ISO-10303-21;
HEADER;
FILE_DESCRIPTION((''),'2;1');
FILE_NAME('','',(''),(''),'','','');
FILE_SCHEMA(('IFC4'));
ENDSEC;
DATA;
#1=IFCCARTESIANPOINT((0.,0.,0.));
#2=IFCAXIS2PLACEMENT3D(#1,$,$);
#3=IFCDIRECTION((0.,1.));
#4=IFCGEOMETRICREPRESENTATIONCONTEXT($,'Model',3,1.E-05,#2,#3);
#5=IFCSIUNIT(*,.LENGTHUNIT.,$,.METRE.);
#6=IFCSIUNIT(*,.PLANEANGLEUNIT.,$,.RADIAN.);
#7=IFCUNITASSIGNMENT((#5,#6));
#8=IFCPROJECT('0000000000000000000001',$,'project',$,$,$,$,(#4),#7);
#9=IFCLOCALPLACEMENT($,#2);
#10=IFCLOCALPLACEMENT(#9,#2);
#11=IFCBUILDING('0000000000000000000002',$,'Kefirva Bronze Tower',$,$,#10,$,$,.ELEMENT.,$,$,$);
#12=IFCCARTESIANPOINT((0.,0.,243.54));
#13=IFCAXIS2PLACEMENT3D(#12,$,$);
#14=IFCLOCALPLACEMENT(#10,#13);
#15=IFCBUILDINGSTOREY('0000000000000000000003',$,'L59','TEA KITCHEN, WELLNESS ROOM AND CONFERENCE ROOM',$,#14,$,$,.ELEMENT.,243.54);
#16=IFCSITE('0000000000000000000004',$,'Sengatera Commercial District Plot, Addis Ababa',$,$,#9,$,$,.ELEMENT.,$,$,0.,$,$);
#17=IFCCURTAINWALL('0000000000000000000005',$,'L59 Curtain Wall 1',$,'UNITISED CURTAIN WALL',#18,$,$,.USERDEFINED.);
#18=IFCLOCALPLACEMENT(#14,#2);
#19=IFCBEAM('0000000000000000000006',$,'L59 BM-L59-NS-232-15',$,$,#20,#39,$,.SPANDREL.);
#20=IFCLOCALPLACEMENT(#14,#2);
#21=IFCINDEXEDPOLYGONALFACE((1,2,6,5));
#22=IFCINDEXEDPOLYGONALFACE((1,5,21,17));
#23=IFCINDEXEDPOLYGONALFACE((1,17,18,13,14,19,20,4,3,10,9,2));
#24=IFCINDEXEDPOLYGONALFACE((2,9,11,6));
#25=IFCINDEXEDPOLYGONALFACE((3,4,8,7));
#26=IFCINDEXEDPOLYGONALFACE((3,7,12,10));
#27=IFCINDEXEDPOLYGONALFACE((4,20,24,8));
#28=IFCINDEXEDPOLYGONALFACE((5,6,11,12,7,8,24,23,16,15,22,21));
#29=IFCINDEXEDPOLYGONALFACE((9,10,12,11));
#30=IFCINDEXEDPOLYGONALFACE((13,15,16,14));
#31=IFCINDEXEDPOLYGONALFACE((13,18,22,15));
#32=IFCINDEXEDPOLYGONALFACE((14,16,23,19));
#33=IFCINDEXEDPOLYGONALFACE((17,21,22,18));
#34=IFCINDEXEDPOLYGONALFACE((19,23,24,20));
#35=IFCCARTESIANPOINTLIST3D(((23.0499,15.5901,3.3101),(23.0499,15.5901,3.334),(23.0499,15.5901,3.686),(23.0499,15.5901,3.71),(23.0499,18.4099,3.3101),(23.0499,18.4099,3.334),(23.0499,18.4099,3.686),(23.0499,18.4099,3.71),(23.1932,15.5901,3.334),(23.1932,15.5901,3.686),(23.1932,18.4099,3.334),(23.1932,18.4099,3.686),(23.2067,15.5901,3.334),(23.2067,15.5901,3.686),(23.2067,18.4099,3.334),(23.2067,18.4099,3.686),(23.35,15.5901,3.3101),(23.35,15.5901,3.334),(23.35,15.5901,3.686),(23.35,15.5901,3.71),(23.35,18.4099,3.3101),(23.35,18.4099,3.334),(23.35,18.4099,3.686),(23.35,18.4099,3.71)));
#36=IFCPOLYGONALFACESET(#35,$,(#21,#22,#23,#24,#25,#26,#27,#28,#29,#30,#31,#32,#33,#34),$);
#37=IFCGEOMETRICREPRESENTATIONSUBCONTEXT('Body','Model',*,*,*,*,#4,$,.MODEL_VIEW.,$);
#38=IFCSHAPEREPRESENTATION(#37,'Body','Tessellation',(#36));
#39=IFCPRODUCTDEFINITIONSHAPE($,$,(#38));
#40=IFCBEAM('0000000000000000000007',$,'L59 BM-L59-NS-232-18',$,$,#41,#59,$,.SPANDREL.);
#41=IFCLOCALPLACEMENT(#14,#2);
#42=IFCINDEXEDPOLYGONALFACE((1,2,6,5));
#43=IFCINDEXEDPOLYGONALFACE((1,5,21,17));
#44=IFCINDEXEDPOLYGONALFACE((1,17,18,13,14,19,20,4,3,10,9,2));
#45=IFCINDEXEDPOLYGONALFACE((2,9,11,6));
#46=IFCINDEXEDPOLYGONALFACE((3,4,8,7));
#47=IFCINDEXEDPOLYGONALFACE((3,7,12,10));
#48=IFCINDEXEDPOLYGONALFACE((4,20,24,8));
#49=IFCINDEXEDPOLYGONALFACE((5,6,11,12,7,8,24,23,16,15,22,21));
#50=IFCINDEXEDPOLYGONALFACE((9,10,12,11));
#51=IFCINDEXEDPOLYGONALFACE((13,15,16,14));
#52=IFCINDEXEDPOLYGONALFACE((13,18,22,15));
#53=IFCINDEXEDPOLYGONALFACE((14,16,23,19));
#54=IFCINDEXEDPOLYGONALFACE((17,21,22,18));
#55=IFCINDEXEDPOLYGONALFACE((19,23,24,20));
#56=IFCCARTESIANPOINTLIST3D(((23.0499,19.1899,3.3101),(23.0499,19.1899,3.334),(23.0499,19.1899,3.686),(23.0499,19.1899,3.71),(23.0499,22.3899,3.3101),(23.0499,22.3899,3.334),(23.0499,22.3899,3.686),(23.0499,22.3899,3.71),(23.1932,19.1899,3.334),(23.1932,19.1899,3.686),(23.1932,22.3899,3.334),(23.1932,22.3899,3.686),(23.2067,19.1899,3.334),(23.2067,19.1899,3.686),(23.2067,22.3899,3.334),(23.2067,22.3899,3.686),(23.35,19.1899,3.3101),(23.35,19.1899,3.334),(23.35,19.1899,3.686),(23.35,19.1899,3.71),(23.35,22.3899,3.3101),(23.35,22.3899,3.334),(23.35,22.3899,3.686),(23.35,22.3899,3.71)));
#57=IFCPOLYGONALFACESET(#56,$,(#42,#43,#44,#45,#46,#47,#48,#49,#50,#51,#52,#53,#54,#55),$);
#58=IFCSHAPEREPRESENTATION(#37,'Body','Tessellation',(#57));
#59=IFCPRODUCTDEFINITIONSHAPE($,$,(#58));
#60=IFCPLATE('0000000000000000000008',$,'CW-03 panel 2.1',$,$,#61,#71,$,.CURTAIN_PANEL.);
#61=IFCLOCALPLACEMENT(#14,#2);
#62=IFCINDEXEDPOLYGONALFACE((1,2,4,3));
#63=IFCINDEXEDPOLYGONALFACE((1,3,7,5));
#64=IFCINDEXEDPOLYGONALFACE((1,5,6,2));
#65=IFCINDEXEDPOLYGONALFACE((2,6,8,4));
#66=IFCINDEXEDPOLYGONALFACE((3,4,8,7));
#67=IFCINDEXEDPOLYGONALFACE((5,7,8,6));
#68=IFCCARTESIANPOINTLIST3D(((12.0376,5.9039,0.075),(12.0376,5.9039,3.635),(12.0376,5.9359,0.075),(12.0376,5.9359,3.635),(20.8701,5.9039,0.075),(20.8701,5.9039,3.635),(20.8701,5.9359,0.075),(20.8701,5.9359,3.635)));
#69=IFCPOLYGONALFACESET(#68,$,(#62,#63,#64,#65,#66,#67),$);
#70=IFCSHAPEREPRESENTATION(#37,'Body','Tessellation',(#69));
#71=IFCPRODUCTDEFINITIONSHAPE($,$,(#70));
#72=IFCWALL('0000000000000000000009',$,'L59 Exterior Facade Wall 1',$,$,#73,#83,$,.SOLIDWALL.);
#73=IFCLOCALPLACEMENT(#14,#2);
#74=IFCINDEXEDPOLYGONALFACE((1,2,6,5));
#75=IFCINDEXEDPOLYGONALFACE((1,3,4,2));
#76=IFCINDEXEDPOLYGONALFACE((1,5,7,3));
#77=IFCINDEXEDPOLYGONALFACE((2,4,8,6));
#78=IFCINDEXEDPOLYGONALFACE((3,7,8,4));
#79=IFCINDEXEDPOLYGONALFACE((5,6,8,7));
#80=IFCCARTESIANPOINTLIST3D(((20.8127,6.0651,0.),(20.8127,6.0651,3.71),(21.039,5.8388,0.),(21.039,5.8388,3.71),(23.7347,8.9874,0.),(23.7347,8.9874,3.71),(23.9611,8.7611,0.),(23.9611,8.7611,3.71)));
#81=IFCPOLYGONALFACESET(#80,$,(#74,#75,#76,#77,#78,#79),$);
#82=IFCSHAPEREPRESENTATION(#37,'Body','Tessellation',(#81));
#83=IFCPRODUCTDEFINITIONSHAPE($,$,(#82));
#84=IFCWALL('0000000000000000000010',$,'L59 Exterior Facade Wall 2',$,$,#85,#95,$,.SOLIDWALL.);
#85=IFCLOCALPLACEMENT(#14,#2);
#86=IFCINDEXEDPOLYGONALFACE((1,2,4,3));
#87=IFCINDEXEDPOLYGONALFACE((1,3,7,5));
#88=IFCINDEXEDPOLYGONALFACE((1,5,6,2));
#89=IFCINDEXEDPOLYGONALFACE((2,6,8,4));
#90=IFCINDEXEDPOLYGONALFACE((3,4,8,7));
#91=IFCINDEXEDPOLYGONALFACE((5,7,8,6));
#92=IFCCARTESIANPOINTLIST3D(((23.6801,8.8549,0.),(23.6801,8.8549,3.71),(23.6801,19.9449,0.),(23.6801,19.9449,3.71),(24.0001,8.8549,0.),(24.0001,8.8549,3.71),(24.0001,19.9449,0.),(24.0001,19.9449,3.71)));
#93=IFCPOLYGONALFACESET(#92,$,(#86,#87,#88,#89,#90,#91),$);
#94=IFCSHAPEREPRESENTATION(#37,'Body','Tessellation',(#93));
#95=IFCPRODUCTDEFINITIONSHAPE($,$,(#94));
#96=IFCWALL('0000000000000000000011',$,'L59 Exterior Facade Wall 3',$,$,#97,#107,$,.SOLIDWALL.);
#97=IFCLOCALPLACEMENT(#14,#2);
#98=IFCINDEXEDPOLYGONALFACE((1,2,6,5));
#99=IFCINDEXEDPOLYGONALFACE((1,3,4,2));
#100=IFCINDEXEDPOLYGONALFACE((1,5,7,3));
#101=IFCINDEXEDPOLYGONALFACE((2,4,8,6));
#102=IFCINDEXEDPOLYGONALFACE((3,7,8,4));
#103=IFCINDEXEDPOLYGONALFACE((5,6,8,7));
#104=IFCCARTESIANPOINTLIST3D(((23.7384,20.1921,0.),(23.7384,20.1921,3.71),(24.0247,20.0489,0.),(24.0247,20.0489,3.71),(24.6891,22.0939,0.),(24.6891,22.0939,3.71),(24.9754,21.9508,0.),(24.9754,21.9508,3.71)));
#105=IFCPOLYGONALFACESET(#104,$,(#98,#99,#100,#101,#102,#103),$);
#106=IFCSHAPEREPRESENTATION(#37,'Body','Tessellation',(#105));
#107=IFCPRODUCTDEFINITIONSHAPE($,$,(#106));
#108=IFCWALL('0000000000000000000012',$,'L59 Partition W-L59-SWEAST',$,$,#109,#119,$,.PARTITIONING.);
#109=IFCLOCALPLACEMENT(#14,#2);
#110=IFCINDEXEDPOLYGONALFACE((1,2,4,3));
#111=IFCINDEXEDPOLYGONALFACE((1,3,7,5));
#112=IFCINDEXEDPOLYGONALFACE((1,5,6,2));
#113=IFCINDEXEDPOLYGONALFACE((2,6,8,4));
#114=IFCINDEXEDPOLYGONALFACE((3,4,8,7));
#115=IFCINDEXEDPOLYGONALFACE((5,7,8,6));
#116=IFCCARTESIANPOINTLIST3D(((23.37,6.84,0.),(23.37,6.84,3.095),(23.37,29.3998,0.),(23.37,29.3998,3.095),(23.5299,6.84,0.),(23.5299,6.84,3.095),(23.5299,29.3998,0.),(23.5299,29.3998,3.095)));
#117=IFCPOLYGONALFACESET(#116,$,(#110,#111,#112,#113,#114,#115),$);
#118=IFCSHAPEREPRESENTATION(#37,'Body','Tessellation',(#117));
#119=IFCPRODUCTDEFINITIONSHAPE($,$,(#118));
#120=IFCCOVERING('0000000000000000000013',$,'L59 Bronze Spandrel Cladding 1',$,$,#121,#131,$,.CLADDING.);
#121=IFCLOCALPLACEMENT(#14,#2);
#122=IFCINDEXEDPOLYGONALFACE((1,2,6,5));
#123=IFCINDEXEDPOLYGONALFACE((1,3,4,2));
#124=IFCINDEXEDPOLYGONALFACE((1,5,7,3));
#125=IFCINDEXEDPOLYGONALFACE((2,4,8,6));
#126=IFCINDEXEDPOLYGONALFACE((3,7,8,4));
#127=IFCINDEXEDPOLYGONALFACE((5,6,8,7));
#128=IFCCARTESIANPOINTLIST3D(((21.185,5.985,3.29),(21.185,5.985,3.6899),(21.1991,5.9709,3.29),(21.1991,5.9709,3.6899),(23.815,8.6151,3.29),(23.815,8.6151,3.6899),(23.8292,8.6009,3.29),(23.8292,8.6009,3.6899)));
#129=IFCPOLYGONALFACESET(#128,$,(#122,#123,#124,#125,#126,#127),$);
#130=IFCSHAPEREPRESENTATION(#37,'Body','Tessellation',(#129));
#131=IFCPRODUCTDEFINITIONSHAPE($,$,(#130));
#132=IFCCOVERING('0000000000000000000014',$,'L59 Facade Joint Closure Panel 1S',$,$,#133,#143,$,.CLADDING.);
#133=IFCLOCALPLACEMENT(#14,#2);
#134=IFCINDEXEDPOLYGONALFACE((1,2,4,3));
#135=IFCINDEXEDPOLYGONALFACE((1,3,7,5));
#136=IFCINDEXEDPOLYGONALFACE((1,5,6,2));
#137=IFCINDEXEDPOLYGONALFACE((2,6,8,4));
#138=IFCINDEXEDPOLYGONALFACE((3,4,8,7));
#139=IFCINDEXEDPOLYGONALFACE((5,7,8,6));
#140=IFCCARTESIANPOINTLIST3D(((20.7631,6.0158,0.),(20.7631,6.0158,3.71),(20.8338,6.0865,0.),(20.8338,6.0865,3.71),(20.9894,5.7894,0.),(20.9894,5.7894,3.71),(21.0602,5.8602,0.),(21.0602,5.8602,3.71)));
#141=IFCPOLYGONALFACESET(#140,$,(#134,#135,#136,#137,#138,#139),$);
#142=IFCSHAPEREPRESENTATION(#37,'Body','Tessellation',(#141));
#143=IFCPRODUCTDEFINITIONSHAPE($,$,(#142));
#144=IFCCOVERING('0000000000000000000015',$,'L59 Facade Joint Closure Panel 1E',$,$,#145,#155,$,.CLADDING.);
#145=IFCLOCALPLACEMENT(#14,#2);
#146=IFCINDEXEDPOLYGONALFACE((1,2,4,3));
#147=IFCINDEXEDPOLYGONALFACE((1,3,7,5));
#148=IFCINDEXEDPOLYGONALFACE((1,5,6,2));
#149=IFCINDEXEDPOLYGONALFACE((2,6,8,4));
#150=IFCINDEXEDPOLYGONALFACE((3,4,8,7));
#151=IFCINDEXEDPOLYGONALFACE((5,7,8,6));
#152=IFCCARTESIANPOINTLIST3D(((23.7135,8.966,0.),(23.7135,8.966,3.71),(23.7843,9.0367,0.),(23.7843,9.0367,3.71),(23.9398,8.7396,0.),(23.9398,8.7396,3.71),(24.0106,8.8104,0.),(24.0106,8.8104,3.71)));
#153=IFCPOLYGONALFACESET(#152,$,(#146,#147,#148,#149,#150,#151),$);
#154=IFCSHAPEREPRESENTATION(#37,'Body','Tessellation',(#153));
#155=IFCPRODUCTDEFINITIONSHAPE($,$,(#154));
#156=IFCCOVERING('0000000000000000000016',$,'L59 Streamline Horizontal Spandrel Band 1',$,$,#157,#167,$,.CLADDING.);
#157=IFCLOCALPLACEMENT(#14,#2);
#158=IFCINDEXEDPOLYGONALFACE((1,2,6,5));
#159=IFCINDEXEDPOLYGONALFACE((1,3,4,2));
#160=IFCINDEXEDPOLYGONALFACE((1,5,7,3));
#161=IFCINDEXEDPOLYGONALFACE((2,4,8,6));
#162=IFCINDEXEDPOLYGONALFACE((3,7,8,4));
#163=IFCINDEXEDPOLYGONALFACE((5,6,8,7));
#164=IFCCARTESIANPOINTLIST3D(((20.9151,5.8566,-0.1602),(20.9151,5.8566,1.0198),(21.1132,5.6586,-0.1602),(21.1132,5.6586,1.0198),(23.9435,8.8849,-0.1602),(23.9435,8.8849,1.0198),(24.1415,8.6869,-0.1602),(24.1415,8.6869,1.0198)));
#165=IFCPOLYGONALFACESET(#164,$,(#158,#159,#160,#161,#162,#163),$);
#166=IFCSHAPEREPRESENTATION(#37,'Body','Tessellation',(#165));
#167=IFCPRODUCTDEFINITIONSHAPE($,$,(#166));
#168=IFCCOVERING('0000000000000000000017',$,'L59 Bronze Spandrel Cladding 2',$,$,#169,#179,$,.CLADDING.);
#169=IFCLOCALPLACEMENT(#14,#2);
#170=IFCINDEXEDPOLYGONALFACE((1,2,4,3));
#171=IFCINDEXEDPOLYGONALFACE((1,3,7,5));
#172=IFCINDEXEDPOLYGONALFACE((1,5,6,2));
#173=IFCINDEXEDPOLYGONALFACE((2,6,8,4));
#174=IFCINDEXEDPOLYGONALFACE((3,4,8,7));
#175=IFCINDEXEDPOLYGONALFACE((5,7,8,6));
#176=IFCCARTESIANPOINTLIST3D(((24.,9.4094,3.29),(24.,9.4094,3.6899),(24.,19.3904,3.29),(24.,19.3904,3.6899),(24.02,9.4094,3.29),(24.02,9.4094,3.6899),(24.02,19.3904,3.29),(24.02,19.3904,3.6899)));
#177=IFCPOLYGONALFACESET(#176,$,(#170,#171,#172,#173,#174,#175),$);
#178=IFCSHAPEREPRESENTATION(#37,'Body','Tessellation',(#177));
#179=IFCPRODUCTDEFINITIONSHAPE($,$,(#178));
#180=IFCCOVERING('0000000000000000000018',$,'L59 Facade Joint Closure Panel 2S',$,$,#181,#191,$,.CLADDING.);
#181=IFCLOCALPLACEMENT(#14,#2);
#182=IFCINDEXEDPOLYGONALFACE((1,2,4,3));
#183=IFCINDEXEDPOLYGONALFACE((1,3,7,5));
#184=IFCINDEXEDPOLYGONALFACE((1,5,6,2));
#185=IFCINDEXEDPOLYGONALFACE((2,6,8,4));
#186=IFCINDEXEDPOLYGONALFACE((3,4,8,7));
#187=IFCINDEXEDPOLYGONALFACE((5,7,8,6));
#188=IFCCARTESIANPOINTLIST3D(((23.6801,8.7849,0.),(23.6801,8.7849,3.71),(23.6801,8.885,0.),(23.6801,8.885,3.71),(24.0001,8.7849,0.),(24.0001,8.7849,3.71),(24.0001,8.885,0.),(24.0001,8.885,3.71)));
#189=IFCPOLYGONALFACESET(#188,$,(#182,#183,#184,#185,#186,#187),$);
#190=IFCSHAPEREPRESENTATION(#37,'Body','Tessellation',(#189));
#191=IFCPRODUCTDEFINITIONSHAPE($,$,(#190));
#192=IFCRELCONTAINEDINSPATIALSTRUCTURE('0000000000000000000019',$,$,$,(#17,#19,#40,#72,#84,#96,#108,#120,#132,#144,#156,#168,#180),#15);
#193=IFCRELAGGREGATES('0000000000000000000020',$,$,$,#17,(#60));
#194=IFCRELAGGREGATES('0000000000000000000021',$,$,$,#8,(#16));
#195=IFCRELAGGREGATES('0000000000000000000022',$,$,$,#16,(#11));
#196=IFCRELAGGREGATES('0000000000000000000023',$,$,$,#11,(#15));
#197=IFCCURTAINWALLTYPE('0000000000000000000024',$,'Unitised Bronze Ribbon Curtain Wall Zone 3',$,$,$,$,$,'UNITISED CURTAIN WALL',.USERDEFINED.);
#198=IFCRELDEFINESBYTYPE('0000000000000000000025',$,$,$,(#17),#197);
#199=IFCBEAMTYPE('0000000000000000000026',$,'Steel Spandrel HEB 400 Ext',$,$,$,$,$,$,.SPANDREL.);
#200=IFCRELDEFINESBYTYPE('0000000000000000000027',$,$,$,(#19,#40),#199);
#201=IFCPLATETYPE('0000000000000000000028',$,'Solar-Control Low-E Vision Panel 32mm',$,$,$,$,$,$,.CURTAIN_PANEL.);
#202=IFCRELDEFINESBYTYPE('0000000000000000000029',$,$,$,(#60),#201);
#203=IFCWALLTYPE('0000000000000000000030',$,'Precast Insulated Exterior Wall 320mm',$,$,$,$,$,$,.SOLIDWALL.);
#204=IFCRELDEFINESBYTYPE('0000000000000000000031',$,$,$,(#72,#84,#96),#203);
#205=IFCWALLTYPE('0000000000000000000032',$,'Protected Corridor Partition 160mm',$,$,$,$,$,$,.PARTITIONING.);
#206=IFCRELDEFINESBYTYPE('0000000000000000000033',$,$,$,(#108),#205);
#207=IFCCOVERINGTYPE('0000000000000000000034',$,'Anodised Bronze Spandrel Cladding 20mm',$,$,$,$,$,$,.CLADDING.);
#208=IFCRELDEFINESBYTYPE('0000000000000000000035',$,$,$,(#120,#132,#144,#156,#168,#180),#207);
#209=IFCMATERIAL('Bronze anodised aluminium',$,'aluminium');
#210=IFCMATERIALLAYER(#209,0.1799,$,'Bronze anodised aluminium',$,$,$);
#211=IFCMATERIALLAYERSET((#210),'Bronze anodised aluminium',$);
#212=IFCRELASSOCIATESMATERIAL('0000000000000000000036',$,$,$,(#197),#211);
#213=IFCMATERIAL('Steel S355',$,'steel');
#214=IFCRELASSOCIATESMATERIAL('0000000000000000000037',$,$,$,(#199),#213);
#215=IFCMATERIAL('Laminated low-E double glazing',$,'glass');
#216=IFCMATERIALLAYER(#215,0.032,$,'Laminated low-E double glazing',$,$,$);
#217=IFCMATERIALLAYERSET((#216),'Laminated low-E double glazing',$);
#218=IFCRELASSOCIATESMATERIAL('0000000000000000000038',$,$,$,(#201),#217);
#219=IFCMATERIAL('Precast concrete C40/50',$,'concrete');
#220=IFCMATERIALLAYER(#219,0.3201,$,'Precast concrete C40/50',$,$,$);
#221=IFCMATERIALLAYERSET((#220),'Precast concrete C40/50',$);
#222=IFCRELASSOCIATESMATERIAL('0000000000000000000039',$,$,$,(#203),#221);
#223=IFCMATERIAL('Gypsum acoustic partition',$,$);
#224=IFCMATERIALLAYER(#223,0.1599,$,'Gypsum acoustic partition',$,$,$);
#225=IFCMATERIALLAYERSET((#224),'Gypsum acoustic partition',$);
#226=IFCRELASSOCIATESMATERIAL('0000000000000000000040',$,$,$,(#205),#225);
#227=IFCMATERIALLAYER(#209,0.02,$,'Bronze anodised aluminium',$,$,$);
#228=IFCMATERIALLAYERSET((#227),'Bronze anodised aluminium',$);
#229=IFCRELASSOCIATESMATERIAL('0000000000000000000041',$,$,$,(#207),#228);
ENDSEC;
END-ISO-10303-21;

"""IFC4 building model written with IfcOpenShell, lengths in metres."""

from ifc_helpers import new_model, si_unit, direction, frame, frame_2d, origin, origin_2d, place, context, subcontext, project, spatial, rectangle, i_section, extrude, material, layer, layer_set, material_profile, profile_set, type_object, element, aggregate, save


model = new_model("IFC4")

# Units and contexts
model_context = context("Model", 3, precision=1e-05, world=origin(), true_north=direction((0.0, 1.0)))
body_context = subcontext(model_context, "Body", "Model", "MODEL_VIEW")
ifc_project = project(units=[si_unit("LENGTHUNIT", "METRE"), si_unit("PLANEANGLEUNIT", "RADIAN")], contexts=[model_context])

# Site, building, storey
site_placement = place(None, origin())
site = spatial("IfcSite", under=ifc_project, at=site_placement, Name="Sengatera Commercial District Plot, Addis Ababa", CompositionType="ELEMENT", RefElevation=0.0)
building_placement = place(site_placement, origin())
building = spatial("IfcBuilding", under=site, at=building_placement, Name="Kefirva Bronze Tower", CompositionType="ELEMENT")
storey_placement = place(building_placement, frame((0.0, 0.0, 243.54)))
storey = spatial("IfcBuildingStorey", under=building, at=storey_placement, Name="L59", Description="TEA KITCHEN, WELLNESS ROOM AND CONFERENCE ROOM", CompositionType="ELEMENT", Elevation=243.54)

# Curtain wall
ifc_material_1 = material(Name="Bronze anodised aluminium", Category="aluminium")
ifc_layer_1 = layer(ifc_material_1, 0.1799, Name="Bronze anodised aluminium")
ifc_layer_set_1 = layer_set([ifc_layer_1], Name="Bronze anodised aluminium")
curtain_wall_type = type_object("IfcCurtainWallType", Name="Unitised Bronze Ribbon Curtain Wall Zone 3", ElementType="UNITISED CURTAIN WALL", PredefinedType="USERDEFINED", material=ifc_layer_set_1)
curtain_wall_placement = place(storey_placement, origin())
curtain_wall = element("IfcCurtainWall", 1, at=curtain_wall_placement, inside=storey, type_object=curtain_wall_type, Name="L59 Curtain Wall 1", ObjectType="UNITISED CURTAIN WALL", PredefinedType="USERDEFINED")

# Beams
ifc_material_2 = material(Name="Steel S355", Category="steel")
ifc_material_profile_1 = material_profile(ifc_material_2, i_section(OverallWidth=0.3, OverallDepth=0.3999, WebThickness=0.0134, FlangeThickness=0.0239, at=origin_2d()), Name="HEB 400")
ifc_profile_set_1 = profile_set([ifc_material_profile_1], Name="Steel S355")
beam_type_1 = type_object("IfcBeamType", Name="Steel Spandrel HEB 400 Ext", PredefinedType="SPANDREL", material=ifc_profile_set_1)
beam_1_placement = place(storey_placement, frame((23.2, 15.5901, 3.51), z_axis=(0.0, 1.0, 0.0), x_axis=(-1.0, 0.0, 0.0)))
element("IfcBeam", 2, at=beam_1_placement, inside=storey, type_object=beam_type_1, Name="L59 BM-L59-NS-232-15", PredefinedType="SPANDREL", context=body_context, shape_type="SweptSolid", body=[
    extrude(i_section(OverallWidth=0.3, OverallDepth=0.3999, WebThickness=0.0134, FlangeThickness=0.0239, at=origin_2d()), origin(), (0.0, 0.0, 1.0), 2.8198),
])
beam_2_placement = place(storey_placement, frame((23.2, 19.1899, 3.51), z_axis=(0.0, 1.0, 0.0), x_axis=(-1.0, 0.0, 0.0)))
element("IfcBeam", 3, at=beam_2_placement, inside=storey, type_object=beam_type_1, Name="L59 BM-L59-NS-232-18", PredefinedType="SPANDREL", context=body_context, shape_type="SweptSolid", body=[
    extrude(i_section(OverallWidth=0.3, OverallDepth=0.3999, WebThickness=0.0134, FlangeThickness=0.0239, at=origin_2d()), origin(), (0.0, 0.0, 1.0), 3.2),
])

# Plate
ifc_material_3 = material(Name="Laminated low-E double glazing", Category="glass")
ifc_layer_2 = layer(ifc_material_3, 0.032, Name="Laminated low-E double glazing")
ifc_layer_set_2 = layer_set([ifc_layer_2], Name="Laminated low-E double glazing")
plate_type = type_object("IfcPlateType", Name="Solar-Control Low-E Vision Panel 32mm", PredefinedType="CURTAIN_PANEL", material=ifc_layer_set_2)
plate_placement = place(storey_placement, frame((16.4539, 5.9199, 0.075), z_axis=(0.0, 0.0, 1.0), x_axis=(1.0, 0.0, 0.0)))
plate = element("IfcPlate", 4, at=plate_placement, type_object=plate_type, Name="CW-03 panel 2.1", PredefinedType="CURTAIN_PANEL", context=body_context, shape_type="SweptSolid", body=[
    extrude(rectangle(XDim=8.8325, YDim=0.032, at=origin_2d()), origin(), (0.0, 0.0, 1.0), 3.5601),
])
aggregate(curtain_wall, [plate])

# Walls
ifc_material_4 = material(Name="Precast concrete C40/50", Category="concrete")
ifc_layer_3 = layer(ifc_material_4, 0.3201, Name="Precast concrete C40/50")
ifc_layer_set_3 = layer_set([ifc_layer_3], Name="Precast concrete C40/50")
wall_type_1 = type_object("IfcWallType", Name="Precast Insulated Exterior Wall 320mm", PredefinedType="SOLIDWALL", material=ifc_layer_set_3)
wall_1_placement = place(storey_placement, frame((20.9258, 5.9519, 0.0), z_axis=(0.0, 0.0, 1.0), x_axis=(0.707077, 0.707136, 0.0)))
element("IfcWall", 5, at=wall_1_placement, inside=storey, type_object=wall_type_1, Name="L59 Exterior Facade Wall 1", PredefinedType="SOLIDWALL", context=body_context, shape_type="SweptSolid", body=[
    extrude(rectangle(XDim=4.1326, YDim=0.3201, at=frame_2d((2.0664, 0.0))), origin(), (0.0, 0.0, 1.0), 3.71),
])
wall_2_placement = place(storey_placement, frame((23.8401, 8.855, 0.0), z_axis=(0.0, 0.0, 1.0), x_axis=(0.0, 1.0, 0.0)))
element("IfcWall", 6, at=wall_2_placement, inside=storey, type_object=wall_type_1, Name="L59 Exterior Facade Wall 2", PredefinedType="SOLIDWALL", context=body_context, shape_type="SweptSolid", body=[
    extrude(rectangle(XDim=11.0901, YDim=0.3201, at=frame_2d((5.5449, 0.0))), origin(), (0.0, 0.0, 1.0), 3.71),
])
wall_3_placement = place(storey_placement, frame((23.8816, 20.1206, 0.0), z_axis=(0.0, 0.0, 1.0), x_axis=(0.447122, 0.894473, 0.0)))
element("IfcWall", 7, at=wall_3_placement, inside=storey, type_object=wall_type_1, Name="L59 Exterior Facade Wall 3", PredefinedType="SOLIDWALL", context=body_context, shape_type="SweptSolid", body=[
    extrude(rectangle(XDim=2.1262, YDim=0.3201, at=frame_2d((1.063, 0.0))), origin(), (0.0, 0.0, 1.0), 3.71),
])
ifc_material_5 = material(Name="Gypsum acoustic partition")
ifc_layer_4 = layer(ifc_material_5, 0.1599, Name="Gypsum acoustic partition")
ifc_layer_set_4 = layer_set([ifc_layer_4], Name="Gypsum acoustic partition")
wall_type_2 = type_object("IfcWallType", Name="Protected Corridor Partition 160mm", PredefinedType="PARTITIONING", material=ifc_layer_set_4)
wall_4_placement = place(storey_placement, frame((23.45, 6.8401, 0.0), z_axis=(0.0, 0.0, 1.0), x_axis=(0.0, 1.0, 0.0)))
element("IfcWall", 8, at=wall_4_placement, inside=storey, type_object=wall_type_2, Name="L59 Partition W-L59-SWEAST", PredefinedType="PARTITIONING", context=body_context, shape_type="SweptSolid", body=[
    extrude(rectangle(XDim=22.5598, YDim=0.1599, at=frame_2d((11.2798, 0.0))), origin(), (0.0, 0.0, 1.0), 3.095),
])

# Coverings
ifc_layer_5 = layer(ifc_material_1, 0.02, Name="Bronze anodised aluminium")
ifc_layer_set_5 = layer_set([ifc_layer_5], Name="Bronze anodised aluminium")
covering_type_1 = type_object("IfcCoveringType", Name="Anodised Bronze Spandrel Cladding 20mm", PredefinedType="CLADDING", material=ifc_layer_set_5)
covering_1_placement = place(storey_placement, frame((22.5071, 7.293, 3.29), z_axis=(0.0, 0.0, 1.0), x_axis=(0.707107, 0.707107, 0.0)))
element("IfcCovering", 9, at=covering_1_placement, inside=storey, type_object=covering_type_1, Name="L59 Bronze Spandrel Cladding 1", PredefinedType="CLADDING", context=body_context, shape_type="SweptSolid", body=[
    extrude(rectangle(XDim=3.7195, YDim=0.02, at=origin_2d()), origin(), (0.0, 0.0, 1.0), 0.3999),
])
for number, where, z_axis, x_axis, name in (
    (10, (20.9116, 5.938, 0.0), (0.0, 0.0, 1.0), (0.707107, 0.707107, 0.0), "L59 Facade Joint Closure Panel 1S"),
    (11, (23.8621, 8.8882, 0.0), (0.0, 0.0, 1.0), (0.707107, 0.707107, 0.0), "L59 Facade Joint Closure Panel 1E"),
):
    element("IfcCovering", number, at=place(storey_placement, frame(where, z_axis=z_axis, x_axis=x_axis)), inside=storey, type_object=covering_type_1, Name=name, PredefinedType="CLADDING", context=body_context, shape_type="SweptSolid", body=[
        extrude(rectangle(XDim=0.1001, YDim=0.3201, at=origin_2d()), origin(), (0.0, 0.0, 1.0), 3.71),
    ])
covering_2_placement = place(storey_placement, frame((22.5283, 7.2717, -0.1602), z_axis=(0.0, 0.0, 1.0), x_axis=(0.707107, 0.707107, 0.0)))
element("IfcCovering", 12, at=covering_2_placement, inside=storey, type_object=covering_type_1, Name="L59 Streamline Horizontal Spandrel Band 1", PredefinedType="CLADDING", context=body_context, shape_type="SweptSolid", body=[
    extrude(rectangle(XDim=4.2827, YDim=0.28, at=origin_2d()), origin(), (0.0, 0.0, 1.0), 1.1799),
])
covering_3_placement = place(storey_placement, frame((24.01, 14.3999, 3.29), z_axis=(0.0, 0.0, 1.0), x_axis=(0.0, 1.0, 0.0)))
element("IfcCovering", 13, at=covering_3_placement, inside=storey, type_object=covering_type_1, Name="L59 Bronze Spandrel Cladding 2", PredefinedType="CLADDING", context=body_context, shape_type="SweptSolid", body=[
    extrude(rectangle(XDim=9.981, YDim=0.02, at=origin_2d()), origin(), (0.0, 0.0, 1.0), 0.3999),
])
for number, where, z_axis, x_axis, name in (
    (14, (23.8401, 8.835, 0.0), (0.0, 0.0, 1.0), (0.0, 1.0, 0.0), "L59 Facade Joint Closure Panel 2S"),
):
    element("IfcCovering", number, at=place(storey_placement, frame(where, z_axis=z_axis, x_axis=x_axis)), inside=storey, type_object=covering_type_1, Name=name, PredefinedType="CLADDING", context=body_context, shape_type="SweptSolid", body=[
        extrude(rectangle(XDim=0.1001, YDim=0.3201, at=origin_2d()), origin(), (0.0, 0.0, 1.0), 3.71),
    ])

save(model, "model.ifc")
